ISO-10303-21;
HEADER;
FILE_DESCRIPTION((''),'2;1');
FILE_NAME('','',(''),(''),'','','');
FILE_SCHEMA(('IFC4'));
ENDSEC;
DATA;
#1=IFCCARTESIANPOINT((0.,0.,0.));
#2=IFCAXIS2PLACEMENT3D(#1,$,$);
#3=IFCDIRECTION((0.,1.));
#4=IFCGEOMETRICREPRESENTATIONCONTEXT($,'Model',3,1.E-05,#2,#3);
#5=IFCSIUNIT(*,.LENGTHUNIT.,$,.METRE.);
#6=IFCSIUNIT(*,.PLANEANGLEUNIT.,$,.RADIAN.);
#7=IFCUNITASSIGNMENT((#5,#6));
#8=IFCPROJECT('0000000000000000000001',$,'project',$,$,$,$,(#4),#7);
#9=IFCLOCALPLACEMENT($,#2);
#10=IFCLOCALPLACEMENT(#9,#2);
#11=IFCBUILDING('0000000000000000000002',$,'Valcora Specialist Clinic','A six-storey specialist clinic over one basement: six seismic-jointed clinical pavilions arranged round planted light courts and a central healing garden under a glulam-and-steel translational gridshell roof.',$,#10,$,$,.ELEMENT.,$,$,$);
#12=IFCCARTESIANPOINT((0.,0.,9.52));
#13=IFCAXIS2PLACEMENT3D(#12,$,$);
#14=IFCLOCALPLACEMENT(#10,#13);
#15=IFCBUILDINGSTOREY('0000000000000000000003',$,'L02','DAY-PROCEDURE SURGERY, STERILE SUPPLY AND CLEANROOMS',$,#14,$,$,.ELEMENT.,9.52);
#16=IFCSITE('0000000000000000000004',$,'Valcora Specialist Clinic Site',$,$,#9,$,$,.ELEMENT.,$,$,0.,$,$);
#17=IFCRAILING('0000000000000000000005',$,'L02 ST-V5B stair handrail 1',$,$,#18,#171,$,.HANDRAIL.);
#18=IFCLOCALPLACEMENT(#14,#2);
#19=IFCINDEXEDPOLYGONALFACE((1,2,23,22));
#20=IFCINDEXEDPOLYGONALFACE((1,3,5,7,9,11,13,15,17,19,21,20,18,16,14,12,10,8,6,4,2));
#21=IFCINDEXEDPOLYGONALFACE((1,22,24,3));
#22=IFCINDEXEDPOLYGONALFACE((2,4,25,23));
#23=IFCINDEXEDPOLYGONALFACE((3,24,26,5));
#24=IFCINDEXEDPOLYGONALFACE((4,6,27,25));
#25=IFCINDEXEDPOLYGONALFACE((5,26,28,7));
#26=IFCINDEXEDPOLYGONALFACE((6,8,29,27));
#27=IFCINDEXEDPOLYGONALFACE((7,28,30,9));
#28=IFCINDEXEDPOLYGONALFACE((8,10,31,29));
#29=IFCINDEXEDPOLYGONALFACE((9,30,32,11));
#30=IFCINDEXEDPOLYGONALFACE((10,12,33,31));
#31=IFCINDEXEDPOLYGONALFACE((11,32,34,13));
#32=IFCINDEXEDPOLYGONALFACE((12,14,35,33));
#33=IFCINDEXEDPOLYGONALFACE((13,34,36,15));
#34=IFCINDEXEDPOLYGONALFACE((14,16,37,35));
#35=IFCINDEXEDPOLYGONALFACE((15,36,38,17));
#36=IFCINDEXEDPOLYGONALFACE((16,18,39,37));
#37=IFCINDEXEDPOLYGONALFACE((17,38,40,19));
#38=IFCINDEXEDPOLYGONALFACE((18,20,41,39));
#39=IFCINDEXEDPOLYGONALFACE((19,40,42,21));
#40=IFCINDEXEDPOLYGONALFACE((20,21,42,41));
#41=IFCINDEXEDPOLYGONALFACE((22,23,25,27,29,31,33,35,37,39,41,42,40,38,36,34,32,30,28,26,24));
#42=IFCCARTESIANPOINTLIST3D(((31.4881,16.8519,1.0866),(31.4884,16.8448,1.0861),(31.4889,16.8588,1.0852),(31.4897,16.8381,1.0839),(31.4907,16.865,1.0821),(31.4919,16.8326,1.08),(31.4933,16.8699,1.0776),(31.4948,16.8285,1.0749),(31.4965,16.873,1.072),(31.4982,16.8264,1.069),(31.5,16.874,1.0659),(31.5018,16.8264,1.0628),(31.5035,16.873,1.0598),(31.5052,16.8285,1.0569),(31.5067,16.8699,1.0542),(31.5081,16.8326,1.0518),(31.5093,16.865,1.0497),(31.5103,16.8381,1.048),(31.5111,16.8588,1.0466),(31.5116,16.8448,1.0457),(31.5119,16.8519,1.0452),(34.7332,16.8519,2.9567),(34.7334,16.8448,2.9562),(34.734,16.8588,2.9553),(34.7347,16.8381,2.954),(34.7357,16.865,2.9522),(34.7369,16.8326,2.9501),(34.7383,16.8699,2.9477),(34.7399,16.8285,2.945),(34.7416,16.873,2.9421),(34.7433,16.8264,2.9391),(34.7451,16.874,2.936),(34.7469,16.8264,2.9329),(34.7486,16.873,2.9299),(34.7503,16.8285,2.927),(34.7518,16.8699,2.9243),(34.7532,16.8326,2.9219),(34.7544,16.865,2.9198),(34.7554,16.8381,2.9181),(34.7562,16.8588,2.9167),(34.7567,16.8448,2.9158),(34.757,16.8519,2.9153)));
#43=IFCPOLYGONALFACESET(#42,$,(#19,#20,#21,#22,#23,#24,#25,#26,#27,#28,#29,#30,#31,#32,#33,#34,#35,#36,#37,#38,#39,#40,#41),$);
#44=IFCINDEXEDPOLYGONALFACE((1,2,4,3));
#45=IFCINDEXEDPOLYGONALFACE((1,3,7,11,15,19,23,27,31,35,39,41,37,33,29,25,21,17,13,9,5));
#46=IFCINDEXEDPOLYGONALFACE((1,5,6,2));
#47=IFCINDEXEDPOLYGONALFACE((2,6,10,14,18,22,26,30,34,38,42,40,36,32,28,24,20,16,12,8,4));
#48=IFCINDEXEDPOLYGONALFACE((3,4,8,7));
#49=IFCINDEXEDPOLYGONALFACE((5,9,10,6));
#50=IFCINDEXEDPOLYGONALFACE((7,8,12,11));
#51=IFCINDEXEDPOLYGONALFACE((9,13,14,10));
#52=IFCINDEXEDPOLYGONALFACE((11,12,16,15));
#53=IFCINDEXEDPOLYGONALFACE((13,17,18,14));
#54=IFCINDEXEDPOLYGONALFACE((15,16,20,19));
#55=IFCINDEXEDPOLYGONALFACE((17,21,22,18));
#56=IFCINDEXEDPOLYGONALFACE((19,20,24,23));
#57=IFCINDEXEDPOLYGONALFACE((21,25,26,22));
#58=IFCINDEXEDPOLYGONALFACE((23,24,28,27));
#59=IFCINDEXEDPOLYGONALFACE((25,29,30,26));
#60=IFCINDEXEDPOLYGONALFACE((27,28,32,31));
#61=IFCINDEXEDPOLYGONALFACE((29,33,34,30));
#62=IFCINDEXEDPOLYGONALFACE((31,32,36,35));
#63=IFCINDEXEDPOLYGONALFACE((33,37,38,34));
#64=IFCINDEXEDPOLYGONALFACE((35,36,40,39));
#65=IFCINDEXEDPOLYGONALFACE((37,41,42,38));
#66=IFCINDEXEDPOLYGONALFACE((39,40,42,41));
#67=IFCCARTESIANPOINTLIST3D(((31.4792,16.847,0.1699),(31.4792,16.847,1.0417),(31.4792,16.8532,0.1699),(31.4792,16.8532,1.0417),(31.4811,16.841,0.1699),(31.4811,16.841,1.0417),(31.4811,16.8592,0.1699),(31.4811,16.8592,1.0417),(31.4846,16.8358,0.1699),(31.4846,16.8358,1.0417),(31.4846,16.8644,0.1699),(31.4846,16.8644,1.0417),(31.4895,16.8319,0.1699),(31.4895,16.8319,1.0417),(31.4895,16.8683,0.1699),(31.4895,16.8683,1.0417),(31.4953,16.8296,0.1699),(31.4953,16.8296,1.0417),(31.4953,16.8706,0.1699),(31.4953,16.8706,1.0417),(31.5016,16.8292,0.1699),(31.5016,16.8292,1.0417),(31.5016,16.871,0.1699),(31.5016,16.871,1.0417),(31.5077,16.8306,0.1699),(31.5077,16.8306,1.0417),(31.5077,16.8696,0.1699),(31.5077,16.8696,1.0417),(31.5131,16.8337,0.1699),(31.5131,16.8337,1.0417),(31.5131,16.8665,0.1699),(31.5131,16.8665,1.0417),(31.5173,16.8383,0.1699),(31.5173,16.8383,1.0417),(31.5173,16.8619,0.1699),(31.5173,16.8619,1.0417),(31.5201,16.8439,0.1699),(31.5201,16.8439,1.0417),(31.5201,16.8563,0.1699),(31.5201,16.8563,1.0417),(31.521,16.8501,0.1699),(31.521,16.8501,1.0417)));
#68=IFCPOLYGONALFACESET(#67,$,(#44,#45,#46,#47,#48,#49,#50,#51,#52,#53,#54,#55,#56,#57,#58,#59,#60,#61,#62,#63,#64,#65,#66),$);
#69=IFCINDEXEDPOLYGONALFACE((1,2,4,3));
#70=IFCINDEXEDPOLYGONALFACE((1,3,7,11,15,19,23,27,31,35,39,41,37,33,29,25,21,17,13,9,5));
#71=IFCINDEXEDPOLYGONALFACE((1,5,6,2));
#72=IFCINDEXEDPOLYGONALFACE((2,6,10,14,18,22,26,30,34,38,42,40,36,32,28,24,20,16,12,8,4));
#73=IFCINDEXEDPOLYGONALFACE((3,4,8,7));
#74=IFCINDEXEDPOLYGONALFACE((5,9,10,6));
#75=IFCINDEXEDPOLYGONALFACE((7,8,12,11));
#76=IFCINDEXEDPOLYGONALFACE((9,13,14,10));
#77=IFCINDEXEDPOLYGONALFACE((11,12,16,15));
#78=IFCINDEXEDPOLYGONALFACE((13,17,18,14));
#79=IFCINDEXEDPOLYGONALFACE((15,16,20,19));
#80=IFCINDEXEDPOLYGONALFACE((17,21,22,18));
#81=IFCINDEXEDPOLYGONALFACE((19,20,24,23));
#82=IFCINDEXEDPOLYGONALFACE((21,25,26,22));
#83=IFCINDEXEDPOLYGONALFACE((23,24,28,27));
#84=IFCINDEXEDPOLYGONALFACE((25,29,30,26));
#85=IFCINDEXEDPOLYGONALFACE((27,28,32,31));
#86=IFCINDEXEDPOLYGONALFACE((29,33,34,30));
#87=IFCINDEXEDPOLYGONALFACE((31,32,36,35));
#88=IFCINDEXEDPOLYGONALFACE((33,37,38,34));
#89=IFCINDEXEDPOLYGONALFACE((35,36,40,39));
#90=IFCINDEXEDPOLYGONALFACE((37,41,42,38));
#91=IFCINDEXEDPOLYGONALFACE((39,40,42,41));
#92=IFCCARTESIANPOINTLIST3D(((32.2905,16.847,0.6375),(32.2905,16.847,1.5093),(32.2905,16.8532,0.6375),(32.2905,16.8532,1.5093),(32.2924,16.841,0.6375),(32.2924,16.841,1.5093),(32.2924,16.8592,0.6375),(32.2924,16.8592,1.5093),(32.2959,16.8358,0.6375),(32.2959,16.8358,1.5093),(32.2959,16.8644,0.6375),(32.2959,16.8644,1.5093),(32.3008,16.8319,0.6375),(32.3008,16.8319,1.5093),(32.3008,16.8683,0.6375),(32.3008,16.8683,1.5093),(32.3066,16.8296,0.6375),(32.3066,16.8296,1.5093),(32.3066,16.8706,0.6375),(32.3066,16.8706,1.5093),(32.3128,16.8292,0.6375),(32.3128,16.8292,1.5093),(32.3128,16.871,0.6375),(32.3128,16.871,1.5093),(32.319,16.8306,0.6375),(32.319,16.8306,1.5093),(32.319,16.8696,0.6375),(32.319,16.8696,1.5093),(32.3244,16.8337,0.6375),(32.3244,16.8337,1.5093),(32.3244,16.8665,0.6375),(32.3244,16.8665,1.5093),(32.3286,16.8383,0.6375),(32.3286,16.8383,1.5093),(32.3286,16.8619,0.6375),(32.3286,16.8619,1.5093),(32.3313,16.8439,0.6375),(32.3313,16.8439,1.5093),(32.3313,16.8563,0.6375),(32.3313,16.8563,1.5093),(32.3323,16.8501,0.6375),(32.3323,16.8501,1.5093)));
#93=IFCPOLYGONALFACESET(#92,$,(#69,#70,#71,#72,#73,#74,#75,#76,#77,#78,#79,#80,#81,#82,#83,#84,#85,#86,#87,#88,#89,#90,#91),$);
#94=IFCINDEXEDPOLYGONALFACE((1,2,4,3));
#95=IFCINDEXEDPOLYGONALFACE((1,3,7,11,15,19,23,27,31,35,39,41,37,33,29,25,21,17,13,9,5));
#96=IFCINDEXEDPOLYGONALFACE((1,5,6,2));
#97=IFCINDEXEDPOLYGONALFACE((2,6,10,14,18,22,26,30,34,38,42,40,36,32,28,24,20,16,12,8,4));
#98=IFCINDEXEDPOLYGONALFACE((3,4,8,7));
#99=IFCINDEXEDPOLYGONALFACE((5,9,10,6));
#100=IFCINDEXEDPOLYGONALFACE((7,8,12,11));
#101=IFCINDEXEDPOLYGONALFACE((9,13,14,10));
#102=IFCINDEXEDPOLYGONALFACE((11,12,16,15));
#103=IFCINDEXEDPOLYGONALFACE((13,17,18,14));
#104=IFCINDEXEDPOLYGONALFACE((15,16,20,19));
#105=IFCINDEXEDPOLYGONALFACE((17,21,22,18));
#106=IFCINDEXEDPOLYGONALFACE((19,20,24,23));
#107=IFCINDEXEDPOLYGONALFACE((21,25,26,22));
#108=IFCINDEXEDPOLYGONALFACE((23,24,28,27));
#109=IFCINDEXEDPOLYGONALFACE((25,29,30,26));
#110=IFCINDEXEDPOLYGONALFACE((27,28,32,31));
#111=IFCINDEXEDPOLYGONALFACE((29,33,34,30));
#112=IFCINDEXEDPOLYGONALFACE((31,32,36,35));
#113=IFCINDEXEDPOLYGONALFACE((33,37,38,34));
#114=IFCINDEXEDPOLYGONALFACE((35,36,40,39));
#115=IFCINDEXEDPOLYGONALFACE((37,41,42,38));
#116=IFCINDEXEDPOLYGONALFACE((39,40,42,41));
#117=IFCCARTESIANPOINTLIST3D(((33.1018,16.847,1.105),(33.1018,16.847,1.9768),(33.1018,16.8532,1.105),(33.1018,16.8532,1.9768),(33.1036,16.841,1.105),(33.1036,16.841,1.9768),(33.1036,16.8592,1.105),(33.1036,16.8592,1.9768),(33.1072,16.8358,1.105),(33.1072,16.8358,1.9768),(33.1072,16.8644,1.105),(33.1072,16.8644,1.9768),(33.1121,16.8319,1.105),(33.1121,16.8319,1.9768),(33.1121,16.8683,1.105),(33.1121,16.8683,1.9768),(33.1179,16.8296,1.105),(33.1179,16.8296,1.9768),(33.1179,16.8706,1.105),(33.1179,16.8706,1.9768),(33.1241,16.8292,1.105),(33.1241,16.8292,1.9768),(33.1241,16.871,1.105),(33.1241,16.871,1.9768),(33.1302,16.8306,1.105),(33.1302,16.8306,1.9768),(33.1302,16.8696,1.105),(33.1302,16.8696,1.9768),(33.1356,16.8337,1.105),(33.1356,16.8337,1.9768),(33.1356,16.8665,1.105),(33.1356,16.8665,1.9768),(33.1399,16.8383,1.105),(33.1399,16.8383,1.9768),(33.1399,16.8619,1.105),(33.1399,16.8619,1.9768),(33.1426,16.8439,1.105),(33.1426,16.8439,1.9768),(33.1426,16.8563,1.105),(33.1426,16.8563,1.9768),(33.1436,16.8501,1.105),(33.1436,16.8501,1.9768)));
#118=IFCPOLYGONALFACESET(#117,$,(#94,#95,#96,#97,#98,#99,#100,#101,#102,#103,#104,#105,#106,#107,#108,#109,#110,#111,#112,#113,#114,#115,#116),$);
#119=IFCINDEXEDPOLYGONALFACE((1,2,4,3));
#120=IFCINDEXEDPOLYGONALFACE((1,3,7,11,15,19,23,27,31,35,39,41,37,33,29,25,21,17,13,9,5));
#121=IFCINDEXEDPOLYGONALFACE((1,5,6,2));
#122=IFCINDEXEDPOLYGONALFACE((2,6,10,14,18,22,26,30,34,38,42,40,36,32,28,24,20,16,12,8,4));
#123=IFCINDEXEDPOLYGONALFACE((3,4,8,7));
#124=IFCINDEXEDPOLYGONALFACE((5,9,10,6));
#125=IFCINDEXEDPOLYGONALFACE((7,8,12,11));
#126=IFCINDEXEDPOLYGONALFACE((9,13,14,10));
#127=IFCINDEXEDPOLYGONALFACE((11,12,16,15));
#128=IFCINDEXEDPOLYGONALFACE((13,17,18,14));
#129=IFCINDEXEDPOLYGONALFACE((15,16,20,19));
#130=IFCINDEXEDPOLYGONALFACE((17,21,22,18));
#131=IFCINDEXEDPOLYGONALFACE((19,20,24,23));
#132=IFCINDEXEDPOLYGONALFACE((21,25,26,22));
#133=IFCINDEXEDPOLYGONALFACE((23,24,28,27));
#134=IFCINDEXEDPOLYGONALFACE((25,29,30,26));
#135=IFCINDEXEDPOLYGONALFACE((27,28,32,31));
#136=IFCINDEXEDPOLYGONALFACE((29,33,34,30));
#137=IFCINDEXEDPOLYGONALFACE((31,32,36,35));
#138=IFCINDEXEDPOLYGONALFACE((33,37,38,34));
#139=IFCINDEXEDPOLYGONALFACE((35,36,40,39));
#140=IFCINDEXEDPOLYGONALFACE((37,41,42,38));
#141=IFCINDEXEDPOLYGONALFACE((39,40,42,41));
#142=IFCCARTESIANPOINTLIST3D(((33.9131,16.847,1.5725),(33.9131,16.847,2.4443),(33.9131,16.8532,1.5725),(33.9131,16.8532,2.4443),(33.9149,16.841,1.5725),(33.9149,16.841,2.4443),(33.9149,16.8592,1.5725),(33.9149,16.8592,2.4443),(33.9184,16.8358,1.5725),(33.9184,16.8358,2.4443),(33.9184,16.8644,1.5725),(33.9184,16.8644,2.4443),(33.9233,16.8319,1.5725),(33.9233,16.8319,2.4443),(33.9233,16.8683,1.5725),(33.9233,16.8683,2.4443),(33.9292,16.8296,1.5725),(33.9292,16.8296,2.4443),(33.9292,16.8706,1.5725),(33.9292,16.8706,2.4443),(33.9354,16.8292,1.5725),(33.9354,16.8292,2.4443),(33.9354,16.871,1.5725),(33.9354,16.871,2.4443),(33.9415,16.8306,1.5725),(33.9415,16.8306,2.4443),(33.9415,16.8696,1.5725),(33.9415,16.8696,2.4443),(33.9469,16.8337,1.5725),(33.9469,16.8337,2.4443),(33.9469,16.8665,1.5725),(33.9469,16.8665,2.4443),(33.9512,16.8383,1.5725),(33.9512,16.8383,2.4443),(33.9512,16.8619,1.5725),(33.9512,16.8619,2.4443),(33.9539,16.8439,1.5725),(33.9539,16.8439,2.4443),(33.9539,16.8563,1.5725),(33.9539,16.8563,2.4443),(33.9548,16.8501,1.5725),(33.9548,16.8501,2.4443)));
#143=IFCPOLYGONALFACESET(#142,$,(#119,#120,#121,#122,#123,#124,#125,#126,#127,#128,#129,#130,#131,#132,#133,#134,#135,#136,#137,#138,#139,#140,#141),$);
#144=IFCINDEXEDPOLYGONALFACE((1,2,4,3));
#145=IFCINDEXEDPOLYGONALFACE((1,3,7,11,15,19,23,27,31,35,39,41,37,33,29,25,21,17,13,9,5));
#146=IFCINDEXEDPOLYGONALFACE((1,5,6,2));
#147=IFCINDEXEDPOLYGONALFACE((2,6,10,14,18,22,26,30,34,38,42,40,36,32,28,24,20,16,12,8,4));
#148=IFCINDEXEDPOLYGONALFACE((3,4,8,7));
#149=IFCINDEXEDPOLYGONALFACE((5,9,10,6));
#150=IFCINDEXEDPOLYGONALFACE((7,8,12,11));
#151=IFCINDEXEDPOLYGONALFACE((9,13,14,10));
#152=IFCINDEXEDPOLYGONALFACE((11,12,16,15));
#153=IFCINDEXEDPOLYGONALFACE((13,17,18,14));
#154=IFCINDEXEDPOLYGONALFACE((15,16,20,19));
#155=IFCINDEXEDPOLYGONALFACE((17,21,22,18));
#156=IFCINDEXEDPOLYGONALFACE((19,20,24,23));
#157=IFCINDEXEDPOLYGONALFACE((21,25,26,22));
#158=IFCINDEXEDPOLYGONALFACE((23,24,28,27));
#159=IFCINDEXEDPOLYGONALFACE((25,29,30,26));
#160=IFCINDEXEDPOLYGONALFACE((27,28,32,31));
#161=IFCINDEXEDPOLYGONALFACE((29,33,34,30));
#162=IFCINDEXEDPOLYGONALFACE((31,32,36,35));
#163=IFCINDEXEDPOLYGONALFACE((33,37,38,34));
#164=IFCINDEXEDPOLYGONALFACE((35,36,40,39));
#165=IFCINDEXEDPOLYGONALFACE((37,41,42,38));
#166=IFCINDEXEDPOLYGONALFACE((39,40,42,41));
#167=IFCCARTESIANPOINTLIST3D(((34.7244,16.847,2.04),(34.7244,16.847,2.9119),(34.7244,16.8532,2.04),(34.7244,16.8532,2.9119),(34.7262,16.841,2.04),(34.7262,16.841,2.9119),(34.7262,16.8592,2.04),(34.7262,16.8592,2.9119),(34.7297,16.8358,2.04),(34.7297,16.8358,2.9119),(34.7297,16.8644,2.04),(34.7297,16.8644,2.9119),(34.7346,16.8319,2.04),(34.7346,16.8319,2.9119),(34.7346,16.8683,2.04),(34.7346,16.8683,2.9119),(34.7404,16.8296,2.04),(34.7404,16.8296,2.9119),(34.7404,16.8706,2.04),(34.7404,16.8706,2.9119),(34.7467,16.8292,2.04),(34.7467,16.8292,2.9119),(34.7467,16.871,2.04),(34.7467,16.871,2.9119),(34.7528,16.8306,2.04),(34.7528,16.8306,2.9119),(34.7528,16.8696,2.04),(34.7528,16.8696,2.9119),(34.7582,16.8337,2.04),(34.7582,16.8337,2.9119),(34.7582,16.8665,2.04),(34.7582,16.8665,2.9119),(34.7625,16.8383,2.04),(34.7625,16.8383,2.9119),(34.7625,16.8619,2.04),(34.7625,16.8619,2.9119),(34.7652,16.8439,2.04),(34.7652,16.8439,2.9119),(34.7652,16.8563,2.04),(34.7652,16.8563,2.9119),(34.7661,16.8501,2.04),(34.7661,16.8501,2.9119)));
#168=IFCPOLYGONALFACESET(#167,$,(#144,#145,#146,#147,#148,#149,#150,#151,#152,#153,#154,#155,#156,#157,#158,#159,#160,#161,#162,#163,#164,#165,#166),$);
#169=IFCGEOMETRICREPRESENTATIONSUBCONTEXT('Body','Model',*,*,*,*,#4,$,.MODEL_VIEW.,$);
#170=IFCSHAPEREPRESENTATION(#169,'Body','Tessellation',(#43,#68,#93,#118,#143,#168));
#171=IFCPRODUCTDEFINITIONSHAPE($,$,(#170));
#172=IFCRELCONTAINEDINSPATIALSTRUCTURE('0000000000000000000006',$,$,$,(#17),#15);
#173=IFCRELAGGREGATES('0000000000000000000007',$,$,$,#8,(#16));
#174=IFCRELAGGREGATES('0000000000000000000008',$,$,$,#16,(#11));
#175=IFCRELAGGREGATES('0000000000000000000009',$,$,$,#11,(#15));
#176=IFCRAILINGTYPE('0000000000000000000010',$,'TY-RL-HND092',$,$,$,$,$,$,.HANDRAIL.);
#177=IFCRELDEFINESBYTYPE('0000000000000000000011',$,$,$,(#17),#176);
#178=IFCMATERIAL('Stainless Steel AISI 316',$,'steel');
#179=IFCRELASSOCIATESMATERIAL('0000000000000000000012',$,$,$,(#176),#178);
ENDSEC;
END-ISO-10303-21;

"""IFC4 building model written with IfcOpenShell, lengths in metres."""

from ifc_helpers import new_model, si_unit, direction, frame, origin, origin_2d, place, context, subcontext, project, spatial, circle, extrude, material, type_object, element, save


model = new_model("IFC4")

# Units and contexts
model_context = context("Model", 3, precision=1e-05, world=origin(), true_north=direction((0.0, 1.0)))
body_context = subcontext(model_context, "Body", "Model", "MODEL_VIEW")
ifc_project = project(units=[si_unit("LENGTHUNIT", "METRE"), si_unit("PLANEANGLEUNIT", "RADIAN")], contexts=[model_context])

# Site, building, storey
site_placement = place(None, origin())
site = spatial("IfcSite", under=ifc_project, at=site_placement, Name="Valcora Specialist Clinic Site", CompositionType="ELEMENT", RefElevation=0.0)
building_placement = place(site_placement, origin())
building = spatial("IfcBuilding", under=site, at=building_placement, Name="Valcora Specialist Clinic", Description="A six-storey specialist clinic over one basement: six seismic-jointed clinical pavilions arranged round planted light courts and a central healing garden under a glulam-and-steel translational gridshell roof.", CompositionType="ELEMENT")
storey_placement = place(building_placement, frame((0.0, 0.0, 9.52)))
storey = spatial("IfcBuildingStorey", under=building, at=storey_placement, Name="L02", Description="DAY-PROCEDURE SURGERY, STERILE SUPPLY AND CLEANROOMS", CompositionType="ELEMENT", Elevation=9.52)

# Shared definitions
ifc_material_1 = material(Name="Stainless Steel AISI 316", Category="steel")

# Railing
railing_type_1 = type_object("IfcRailingType", Name="TY-RL-HND092", PredefinedType="HANDRAIL", material=ifc_material_1)
railing_1_placement = place(storey_placement, frame((31.5, 16.8501, 0.1699)))
element("IfcRailing", 1, at=railing_1_placement, inside=storey, type_object=railing_type_1, Name="L02 ST-V5B stair handrail 1", PredefinedType="HANDRAIL", context=body_context, shape_type="SweptSolid", body=[
    extrude(circle(Radius=0.0239, at=origin_2d()), frame((0.0, 0.0, 0.896), z_axis=(0.866424, 0.0, 0.499309), x_axis=(0.0, 1.0, 0.0)), (0.0, 0.0, 1.0), 3.7454),
    extrude(circle(Radius=0.021, at=origin_2d()), origin(), (0.0, 0.0, 1.0), 0.8718),
    extrude(circle(Radius=0.021, at=origin_2d()), frame((0.8113, 0.0, 0.4675)), (0.0, 0.0, 1.0), 0.8718),
    extrude(circle(Radius=0.021, at=origin_2d()), frame((1.6226, 0.0, 0.9351)), (0.0, 0.0, 1.0), 0.8718),
    extrude(circle(Radius=0.021, at=origin_2d()), frame((2.4338, 0.0, 1.4026)), (0.0, 0.0, 1.0), 0.8718),
    extrude(circle(Radius=0.021, at=origin_2d()), frame((3.2451, 0.0, 1.8701)), (0.0, 0.0, 1.0), 0.8718),
])

save(model, "model.ifc")
